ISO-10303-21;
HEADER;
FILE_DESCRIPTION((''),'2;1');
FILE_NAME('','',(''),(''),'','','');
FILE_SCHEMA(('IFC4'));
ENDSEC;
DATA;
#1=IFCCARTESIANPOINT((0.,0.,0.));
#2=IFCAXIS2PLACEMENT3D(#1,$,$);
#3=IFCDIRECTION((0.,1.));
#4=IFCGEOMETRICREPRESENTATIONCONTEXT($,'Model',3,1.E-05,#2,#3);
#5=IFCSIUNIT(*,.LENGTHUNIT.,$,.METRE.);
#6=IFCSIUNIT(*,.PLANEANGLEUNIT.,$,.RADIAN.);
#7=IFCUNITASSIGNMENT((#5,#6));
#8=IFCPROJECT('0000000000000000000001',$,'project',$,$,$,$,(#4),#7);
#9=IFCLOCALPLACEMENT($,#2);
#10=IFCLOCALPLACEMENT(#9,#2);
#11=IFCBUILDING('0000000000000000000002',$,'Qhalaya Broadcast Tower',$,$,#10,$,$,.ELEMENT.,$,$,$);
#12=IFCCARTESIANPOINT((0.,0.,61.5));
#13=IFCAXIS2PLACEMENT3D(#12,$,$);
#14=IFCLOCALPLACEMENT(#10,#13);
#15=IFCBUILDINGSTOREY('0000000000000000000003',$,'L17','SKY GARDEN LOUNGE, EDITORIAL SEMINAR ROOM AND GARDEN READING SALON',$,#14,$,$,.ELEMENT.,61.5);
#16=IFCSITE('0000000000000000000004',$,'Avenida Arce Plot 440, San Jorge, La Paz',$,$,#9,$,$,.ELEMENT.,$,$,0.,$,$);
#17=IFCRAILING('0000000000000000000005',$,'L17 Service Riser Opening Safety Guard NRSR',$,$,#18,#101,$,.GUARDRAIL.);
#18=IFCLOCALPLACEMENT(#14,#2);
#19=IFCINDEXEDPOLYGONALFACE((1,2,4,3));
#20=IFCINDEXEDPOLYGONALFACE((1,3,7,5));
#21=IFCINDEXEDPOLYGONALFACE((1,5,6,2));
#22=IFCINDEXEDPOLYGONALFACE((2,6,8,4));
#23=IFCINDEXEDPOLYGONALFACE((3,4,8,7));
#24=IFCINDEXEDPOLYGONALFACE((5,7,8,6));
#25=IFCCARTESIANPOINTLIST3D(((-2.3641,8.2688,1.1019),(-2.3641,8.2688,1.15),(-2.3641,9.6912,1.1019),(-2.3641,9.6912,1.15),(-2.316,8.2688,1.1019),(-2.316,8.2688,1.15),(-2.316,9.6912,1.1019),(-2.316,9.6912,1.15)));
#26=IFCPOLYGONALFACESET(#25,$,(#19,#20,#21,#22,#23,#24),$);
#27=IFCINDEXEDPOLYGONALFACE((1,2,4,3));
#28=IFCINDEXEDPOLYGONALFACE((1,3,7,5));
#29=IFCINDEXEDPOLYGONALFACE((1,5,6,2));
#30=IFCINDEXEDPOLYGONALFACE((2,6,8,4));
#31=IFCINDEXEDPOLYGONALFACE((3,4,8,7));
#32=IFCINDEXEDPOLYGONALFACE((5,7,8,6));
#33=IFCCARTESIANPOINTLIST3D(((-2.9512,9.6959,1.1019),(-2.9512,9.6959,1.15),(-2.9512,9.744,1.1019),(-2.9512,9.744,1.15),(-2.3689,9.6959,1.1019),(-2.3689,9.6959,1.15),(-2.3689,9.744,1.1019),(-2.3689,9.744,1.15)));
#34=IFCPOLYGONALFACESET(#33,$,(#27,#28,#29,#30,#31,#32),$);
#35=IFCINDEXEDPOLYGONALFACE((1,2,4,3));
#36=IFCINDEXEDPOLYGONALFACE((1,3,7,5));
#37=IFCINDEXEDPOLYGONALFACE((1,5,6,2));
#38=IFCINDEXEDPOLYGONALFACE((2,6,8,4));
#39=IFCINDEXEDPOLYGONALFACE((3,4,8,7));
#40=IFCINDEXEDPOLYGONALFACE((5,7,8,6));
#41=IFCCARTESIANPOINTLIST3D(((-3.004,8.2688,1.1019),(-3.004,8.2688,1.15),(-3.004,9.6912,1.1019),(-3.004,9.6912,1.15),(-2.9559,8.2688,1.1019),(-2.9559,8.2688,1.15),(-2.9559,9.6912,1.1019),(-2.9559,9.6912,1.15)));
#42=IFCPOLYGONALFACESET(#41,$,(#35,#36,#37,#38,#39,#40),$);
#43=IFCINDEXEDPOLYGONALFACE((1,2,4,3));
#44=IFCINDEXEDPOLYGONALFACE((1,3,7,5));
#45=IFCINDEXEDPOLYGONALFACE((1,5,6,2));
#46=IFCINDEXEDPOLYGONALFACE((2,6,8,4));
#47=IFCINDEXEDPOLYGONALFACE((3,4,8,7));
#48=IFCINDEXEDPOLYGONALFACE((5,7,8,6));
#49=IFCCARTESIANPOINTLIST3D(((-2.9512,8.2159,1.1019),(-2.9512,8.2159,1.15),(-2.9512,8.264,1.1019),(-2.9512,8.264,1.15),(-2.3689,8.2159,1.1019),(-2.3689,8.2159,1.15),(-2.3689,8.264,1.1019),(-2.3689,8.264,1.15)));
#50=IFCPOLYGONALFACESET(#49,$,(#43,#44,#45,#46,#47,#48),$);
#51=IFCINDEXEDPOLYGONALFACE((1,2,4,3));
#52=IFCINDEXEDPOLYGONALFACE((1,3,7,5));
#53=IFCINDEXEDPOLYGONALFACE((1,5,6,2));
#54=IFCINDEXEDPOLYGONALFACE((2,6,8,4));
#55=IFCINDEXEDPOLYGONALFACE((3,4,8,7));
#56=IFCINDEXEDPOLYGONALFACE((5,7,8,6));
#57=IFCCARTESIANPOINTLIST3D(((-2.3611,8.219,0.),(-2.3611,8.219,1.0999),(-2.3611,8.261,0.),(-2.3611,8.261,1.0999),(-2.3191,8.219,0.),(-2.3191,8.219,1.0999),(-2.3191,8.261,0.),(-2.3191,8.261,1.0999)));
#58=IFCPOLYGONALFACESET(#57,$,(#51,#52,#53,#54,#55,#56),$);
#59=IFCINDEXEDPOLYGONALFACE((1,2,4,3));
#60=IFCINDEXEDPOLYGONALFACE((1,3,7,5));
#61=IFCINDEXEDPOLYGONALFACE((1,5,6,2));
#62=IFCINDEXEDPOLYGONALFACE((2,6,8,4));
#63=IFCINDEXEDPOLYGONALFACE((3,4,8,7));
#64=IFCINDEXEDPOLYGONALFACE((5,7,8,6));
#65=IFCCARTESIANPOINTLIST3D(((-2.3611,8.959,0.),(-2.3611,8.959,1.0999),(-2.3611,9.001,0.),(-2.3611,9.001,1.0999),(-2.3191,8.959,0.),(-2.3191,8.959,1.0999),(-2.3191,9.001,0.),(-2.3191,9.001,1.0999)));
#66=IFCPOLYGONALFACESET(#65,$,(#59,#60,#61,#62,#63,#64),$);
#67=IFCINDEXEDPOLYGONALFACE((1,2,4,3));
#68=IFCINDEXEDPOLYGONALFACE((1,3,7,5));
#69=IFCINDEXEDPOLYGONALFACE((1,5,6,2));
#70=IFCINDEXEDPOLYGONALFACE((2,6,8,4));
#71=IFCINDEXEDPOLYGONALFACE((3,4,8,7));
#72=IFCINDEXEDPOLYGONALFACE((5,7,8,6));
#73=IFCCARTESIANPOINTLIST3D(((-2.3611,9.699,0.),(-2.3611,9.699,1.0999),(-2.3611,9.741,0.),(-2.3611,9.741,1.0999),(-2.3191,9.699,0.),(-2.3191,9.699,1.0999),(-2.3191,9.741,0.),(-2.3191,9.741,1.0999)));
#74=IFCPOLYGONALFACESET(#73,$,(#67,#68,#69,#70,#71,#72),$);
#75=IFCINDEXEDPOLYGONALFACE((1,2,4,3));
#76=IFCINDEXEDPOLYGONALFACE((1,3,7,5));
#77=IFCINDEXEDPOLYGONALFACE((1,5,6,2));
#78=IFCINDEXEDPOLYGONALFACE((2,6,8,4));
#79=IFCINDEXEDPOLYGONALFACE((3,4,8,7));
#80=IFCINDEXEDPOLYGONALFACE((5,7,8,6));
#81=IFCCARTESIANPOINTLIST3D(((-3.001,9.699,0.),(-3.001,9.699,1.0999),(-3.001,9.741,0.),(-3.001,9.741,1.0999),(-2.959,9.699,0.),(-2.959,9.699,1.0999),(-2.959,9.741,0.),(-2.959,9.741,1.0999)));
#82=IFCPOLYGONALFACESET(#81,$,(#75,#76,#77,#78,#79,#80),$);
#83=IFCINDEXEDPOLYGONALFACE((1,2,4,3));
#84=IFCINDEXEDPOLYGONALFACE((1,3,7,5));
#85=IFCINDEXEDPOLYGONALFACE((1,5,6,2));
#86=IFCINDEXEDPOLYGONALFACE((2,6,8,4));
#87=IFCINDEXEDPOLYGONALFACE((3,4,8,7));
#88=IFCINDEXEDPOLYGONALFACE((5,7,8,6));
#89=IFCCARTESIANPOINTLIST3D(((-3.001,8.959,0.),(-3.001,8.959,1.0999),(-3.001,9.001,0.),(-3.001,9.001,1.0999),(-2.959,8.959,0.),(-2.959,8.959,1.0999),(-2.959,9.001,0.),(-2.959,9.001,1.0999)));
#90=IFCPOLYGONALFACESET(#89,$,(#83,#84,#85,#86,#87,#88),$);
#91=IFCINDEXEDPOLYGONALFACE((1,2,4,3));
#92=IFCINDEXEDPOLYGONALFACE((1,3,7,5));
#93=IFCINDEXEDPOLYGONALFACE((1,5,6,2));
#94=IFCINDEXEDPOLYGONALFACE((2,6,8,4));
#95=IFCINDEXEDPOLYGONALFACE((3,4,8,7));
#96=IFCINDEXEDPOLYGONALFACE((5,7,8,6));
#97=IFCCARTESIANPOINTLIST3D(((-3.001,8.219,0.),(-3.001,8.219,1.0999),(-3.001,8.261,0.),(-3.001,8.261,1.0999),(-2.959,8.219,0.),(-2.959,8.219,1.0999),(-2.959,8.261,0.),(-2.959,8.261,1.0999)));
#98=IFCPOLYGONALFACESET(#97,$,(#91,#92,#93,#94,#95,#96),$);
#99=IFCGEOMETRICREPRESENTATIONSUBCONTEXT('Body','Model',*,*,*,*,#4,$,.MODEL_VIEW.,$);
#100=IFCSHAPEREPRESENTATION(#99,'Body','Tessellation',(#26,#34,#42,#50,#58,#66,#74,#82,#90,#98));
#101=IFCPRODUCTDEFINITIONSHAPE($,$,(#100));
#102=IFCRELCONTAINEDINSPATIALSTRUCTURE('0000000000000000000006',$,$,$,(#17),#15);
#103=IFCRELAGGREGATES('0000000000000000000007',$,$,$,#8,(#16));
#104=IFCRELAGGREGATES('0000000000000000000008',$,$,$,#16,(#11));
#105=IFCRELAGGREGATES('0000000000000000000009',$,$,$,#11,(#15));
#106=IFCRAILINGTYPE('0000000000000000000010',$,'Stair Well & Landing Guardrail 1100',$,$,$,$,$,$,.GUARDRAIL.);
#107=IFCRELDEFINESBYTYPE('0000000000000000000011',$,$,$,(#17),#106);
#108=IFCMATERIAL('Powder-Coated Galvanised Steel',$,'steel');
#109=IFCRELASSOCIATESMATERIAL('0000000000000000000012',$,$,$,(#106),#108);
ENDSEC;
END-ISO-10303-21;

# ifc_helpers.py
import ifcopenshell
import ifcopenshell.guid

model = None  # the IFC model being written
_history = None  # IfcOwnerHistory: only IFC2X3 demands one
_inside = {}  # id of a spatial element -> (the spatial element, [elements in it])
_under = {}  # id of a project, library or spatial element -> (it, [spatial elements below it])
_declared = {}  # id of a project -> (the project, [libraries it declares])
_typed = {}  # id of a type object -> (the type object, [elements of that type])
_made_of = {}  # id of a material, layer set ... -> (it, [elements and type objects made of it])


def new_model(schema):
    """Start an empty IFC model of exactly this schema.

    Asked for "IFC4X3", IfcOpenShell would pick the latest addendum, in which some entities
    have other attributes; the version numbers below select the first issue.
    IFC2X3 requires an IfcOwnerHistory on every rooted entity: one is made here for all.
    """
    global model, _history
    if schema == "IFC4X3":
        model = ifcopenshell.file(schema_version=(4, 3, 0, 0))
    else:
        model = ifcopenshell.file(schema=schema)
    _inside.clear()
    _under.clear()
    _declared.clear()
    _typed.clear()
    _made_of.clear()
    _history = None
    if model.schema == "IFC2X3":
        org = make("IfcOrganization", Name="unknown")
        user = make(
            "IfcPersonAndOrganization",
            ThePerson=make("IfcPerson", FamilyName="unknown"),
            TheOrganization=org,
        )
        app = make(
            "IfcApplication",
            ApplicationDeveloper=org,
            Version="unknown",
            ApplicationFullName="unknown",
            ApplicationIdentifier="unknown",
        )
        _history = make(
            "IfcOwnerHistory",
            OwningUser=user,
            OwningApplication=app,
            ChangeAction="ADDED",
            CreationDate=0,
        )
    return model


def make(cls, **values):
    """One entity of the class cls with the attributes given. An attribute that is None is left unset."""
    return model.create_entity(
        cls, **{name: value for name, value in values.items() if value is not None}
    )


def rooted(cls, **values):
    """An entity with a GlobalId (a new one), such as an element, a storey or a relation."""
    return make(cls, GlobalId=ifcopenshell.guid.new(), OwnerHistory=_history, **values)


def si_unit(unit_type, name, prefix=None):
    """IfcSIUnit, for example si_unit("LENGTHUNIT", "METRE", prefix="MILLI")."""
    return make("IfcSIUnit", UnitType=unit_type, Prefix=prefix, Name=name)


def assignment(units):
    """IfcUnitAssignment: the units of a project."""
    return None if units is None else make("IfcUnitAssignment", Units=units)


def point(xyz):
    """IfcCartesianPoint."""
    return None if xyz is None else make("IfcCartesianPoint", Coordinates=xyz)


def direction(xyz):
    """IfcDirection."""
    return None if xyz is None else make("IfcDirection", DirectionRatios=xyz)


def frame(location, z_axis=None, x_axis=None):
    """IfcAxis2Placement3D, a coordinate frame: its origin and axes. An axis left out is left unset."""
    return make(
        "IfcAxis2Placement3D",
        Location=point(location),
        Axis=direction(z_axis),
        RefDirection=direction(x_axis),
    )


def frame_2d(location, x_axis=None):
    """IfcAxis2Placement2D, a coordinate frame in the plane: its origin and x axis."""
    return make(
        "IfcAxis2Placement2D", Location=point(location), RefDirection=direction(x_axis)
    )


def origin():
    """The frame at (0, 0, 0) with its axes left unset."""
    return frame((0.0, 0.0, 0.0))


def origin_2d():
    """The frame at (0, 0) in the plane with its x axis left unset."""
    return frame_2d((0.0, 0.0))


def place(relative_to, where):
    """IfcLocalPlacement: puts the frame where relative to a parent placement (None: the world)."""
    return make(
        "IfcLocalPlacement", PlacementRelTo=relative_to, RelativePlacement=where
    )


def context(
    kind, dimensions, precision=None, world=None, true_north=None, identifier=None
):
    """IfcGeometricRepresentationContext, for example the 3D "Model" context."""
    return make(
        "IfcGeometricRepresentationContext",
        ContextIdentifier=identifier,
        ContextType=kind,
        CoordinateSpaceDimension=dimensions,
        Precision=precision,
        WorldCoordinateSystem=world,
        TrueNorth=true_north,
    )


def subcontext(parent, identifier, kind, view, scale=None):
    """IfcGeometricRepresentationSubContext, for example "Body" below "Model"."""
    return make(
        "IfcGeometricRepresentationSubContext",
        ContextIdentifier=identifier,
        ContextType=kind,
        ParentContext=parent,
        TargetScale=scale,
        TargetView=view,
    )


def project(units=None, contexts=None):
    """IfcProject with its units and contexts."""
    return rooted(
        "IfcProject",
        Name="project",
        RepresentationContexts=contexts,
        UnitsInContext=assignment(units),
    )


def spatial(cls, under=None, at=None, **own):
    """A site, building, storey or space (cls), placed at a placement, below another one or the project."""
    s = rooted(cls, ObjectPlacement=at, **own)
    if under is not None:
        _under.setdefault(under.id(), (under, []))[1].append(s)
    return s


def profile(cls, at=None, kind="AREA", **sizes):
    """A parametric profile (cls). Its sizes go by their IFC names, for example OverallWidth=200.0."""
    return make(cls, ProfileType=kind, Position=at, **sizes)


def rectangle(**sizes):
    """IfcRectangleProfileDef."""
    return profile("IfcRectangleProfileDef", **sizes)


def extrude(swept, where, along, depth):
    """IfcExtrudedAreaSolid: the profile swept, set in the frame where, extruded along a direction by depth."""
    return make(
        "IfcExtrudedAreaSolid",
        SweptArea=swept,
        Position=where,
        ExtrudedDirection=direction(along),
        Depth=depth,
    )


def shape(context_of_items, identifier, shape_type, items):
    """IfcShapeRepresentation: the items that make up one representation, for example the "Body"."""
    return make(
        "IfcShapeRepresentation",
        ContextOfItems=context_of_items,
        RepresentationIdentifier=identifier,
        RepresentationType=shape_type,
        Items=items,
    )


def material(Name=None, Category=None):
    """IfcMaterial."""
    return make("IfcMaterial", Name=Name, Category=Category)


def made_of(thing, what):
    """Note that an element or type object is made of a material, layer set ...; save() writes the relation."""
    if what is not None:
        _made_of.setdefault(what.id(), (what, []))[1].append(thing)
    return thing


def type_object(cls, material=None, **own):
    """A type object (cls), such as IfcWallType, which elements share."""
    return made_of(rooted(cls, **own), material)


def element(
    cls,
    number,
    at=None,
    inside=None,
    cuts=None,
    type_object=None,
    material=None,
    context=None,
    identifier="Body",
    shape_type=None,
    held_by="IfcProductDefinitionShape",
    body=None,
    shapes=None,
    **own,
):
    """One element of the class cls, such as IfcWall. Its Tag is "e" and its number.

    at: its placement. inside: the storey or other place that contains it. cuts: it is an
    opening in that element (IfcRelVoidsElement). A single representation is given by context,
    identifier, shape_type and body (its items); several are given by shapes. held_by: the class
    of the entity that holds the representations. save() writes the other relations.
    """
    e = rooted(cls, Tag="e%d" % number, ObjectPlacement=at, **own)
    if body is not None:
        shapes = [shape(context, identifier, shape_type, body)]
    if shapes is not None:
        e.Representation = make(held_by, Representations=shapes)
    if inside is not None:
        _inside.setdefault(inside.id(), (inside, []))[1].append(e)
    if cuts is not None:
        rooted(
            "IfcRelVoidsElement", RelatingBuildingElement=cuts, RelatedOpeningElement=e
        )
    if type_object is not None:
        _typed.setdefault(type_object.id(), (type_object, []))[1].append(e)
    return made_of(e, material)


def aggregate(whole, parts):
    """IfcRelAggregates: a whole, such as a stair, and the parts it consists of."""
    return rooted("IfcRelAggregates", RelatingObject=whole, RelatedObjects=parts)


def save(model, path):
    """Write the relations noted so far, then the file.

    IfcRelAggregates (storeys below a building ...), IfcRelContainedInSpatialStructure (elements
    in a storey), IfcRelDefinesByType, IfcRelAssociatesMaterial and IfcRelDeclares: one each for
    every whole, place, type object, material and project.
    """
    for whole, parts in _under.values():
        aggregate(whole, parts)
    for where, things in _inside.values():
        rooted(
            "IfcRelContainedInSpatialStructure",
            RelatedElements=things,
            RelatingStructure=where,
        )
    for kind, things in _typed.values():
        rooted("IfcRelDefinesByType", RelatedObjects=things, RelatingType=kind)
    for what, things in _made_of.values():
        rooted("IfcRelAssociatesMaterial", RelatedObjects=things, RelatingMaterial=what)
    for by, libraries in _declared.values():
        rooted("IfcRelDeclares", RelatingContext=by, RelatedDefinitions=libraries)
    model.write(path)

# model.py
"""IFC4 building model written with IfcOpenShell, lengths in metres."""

from ifc_helpers import new_model, si_unit, direction, frame, origin, origin_2d, place, context, subcontext, project, spatial, rectangle, extrude, material, type_object, element, save


model = new_model("IFC4")

# Units and contexts
model_context = context("Model", 3, precision=1e-05, world=origin(), true_north=direction((0.0, 1.0)))
body_context = subcontext(model_context, "Body", "Model", "MODEL_VIEW")
ifc_project = project(units=[si_unit("LENGTHUNIT", "METRE"), si_unit("PLANEANGLEUNIT", "RADIAN")], contexts=[model_context])

# Site, building, storey
site_placement = place(None, origin())
site = spatial("IfcSite", under=ifc_project, at=site_placement, Name="Avenida Arce Plot 440, San Jorge, La Paz", CompositionType="ELEMENT", RefElevation=0.0)
building_placement = place(site_placement, origin())
building = spatial("IfcBuilding", under=site, at=building_placement, Name="Qhalaya Broadcast Tower", CompositionType="ELEMENT")
storey_placement = place(building_placement, frame((0.0, 0.0, 61.5)))
storey = spatial("IfcBuildingStorey", under=building, at=storey_placement, Name="L17", Description="SKY GARDEN LOUNGE, EDITORIAL SEMINAR ROOM AND GARDEN READING SALON", CompositionType="ELEMENT", Elevation=61.5)

# Railing
ifc_material_1 = material(Name="Powder-Coated Galvanised Steel", Category="steel")
railing_type = type_object("IfcRailingType", Name="Stair Well & Landing Guardrail 1100", PredefinedType="GUARDRAIL", material=ifc_material_1)
railing_placement = place(storey_placement, frame((-2.3401, 8.24, 0.0)))
element("IfcRailing", 1, at=railing_placement, inside=storey, type_object=railing_type, Name="L17 Service Riser Opening Safety Guard NRSR", PredefinedType="GUARDRAIL", context=body_context, shape_type="SweptSolid", body=[
    extrude(rectangle(XDim=0.0481, YDim=0.0481, at=origin_2d()), frame((0.0, 0.0288, 1.126), z_axis=(0.0, 1.0, 0.0), x_axis=(-1.0, 0.0, 0.0)), (0.0, 0.0, 1.0), 1.4224),
    extrude(rectangle(XDim=0.0481, YDim=0.0481, at=origin_2d()), frame((-0.0288, 1.48, 1.126), z_axis=(-1.0, 0.0, 0.0), x_axis=(0.0, -1.0, 0.0)), (0.0, 0.0, 1.0), 0.5823),
    extrude(rectangle(XDim=0.0481, YDim=0.0481, at=origin_2d()), frame((-0.6399, 1.4512, 1.126), z_axis=(0.0, -1.0, 0.0), x_axis=(1.0, 0.0, 0.0)), (0.0, 0.0, 1.0), 1.4224),
    extrude(rectangle(XDim=0.0481, YDim=0.0481, at=origin_2d()), frame((-0.6111, 0.0, 1.126), z_axis=(1.0, 0.0, 0.0), x_axis=(0.0, 1.0, 0.0)), (0.0, 0.0, 1.0), 0.5823),
    extrude(rectangle(XDim=0.042, YDim=0.042, at=origin_2d()), origin(), (0.0, 0.0, 1.0), 1.0999),
    extrude(rectangle(XDim=0.042, YDim=0.042, at=origin_2d()), frame((0.0, 0.74, 0.0)), (0.0, 0.0, 1.0), 1.0999),
    extrude(rectangle(XDim=0.042, YDim=0.042, at=origin_2d()), frame((0.0, 1.48, 0.0)), (0.0, 0.0, 1.0), 1.0999),
    extrude(rectangle(XDim=0.042, YDim=0.042, at=origin_2d()), frame((-0.6399, 1.48, 0.0)), (0.0, 0.0, 1.0), 1.0999),
    extrude(rectangle(XDim=0.042, YDim=0.042, at=origin_2d()), frame((-0.6399, 0.74, 0.0)), (0.0, 0.0, 1.0), 1.0999),
    extrude(rectangle(XDim=0.042, YDim=0.042, at=origin_2d()), frame((-0.6399, 0.0, 0.0)), (0.0, 0.0, 1.0), 1.0999),
])

save(model, "model.ifc")
